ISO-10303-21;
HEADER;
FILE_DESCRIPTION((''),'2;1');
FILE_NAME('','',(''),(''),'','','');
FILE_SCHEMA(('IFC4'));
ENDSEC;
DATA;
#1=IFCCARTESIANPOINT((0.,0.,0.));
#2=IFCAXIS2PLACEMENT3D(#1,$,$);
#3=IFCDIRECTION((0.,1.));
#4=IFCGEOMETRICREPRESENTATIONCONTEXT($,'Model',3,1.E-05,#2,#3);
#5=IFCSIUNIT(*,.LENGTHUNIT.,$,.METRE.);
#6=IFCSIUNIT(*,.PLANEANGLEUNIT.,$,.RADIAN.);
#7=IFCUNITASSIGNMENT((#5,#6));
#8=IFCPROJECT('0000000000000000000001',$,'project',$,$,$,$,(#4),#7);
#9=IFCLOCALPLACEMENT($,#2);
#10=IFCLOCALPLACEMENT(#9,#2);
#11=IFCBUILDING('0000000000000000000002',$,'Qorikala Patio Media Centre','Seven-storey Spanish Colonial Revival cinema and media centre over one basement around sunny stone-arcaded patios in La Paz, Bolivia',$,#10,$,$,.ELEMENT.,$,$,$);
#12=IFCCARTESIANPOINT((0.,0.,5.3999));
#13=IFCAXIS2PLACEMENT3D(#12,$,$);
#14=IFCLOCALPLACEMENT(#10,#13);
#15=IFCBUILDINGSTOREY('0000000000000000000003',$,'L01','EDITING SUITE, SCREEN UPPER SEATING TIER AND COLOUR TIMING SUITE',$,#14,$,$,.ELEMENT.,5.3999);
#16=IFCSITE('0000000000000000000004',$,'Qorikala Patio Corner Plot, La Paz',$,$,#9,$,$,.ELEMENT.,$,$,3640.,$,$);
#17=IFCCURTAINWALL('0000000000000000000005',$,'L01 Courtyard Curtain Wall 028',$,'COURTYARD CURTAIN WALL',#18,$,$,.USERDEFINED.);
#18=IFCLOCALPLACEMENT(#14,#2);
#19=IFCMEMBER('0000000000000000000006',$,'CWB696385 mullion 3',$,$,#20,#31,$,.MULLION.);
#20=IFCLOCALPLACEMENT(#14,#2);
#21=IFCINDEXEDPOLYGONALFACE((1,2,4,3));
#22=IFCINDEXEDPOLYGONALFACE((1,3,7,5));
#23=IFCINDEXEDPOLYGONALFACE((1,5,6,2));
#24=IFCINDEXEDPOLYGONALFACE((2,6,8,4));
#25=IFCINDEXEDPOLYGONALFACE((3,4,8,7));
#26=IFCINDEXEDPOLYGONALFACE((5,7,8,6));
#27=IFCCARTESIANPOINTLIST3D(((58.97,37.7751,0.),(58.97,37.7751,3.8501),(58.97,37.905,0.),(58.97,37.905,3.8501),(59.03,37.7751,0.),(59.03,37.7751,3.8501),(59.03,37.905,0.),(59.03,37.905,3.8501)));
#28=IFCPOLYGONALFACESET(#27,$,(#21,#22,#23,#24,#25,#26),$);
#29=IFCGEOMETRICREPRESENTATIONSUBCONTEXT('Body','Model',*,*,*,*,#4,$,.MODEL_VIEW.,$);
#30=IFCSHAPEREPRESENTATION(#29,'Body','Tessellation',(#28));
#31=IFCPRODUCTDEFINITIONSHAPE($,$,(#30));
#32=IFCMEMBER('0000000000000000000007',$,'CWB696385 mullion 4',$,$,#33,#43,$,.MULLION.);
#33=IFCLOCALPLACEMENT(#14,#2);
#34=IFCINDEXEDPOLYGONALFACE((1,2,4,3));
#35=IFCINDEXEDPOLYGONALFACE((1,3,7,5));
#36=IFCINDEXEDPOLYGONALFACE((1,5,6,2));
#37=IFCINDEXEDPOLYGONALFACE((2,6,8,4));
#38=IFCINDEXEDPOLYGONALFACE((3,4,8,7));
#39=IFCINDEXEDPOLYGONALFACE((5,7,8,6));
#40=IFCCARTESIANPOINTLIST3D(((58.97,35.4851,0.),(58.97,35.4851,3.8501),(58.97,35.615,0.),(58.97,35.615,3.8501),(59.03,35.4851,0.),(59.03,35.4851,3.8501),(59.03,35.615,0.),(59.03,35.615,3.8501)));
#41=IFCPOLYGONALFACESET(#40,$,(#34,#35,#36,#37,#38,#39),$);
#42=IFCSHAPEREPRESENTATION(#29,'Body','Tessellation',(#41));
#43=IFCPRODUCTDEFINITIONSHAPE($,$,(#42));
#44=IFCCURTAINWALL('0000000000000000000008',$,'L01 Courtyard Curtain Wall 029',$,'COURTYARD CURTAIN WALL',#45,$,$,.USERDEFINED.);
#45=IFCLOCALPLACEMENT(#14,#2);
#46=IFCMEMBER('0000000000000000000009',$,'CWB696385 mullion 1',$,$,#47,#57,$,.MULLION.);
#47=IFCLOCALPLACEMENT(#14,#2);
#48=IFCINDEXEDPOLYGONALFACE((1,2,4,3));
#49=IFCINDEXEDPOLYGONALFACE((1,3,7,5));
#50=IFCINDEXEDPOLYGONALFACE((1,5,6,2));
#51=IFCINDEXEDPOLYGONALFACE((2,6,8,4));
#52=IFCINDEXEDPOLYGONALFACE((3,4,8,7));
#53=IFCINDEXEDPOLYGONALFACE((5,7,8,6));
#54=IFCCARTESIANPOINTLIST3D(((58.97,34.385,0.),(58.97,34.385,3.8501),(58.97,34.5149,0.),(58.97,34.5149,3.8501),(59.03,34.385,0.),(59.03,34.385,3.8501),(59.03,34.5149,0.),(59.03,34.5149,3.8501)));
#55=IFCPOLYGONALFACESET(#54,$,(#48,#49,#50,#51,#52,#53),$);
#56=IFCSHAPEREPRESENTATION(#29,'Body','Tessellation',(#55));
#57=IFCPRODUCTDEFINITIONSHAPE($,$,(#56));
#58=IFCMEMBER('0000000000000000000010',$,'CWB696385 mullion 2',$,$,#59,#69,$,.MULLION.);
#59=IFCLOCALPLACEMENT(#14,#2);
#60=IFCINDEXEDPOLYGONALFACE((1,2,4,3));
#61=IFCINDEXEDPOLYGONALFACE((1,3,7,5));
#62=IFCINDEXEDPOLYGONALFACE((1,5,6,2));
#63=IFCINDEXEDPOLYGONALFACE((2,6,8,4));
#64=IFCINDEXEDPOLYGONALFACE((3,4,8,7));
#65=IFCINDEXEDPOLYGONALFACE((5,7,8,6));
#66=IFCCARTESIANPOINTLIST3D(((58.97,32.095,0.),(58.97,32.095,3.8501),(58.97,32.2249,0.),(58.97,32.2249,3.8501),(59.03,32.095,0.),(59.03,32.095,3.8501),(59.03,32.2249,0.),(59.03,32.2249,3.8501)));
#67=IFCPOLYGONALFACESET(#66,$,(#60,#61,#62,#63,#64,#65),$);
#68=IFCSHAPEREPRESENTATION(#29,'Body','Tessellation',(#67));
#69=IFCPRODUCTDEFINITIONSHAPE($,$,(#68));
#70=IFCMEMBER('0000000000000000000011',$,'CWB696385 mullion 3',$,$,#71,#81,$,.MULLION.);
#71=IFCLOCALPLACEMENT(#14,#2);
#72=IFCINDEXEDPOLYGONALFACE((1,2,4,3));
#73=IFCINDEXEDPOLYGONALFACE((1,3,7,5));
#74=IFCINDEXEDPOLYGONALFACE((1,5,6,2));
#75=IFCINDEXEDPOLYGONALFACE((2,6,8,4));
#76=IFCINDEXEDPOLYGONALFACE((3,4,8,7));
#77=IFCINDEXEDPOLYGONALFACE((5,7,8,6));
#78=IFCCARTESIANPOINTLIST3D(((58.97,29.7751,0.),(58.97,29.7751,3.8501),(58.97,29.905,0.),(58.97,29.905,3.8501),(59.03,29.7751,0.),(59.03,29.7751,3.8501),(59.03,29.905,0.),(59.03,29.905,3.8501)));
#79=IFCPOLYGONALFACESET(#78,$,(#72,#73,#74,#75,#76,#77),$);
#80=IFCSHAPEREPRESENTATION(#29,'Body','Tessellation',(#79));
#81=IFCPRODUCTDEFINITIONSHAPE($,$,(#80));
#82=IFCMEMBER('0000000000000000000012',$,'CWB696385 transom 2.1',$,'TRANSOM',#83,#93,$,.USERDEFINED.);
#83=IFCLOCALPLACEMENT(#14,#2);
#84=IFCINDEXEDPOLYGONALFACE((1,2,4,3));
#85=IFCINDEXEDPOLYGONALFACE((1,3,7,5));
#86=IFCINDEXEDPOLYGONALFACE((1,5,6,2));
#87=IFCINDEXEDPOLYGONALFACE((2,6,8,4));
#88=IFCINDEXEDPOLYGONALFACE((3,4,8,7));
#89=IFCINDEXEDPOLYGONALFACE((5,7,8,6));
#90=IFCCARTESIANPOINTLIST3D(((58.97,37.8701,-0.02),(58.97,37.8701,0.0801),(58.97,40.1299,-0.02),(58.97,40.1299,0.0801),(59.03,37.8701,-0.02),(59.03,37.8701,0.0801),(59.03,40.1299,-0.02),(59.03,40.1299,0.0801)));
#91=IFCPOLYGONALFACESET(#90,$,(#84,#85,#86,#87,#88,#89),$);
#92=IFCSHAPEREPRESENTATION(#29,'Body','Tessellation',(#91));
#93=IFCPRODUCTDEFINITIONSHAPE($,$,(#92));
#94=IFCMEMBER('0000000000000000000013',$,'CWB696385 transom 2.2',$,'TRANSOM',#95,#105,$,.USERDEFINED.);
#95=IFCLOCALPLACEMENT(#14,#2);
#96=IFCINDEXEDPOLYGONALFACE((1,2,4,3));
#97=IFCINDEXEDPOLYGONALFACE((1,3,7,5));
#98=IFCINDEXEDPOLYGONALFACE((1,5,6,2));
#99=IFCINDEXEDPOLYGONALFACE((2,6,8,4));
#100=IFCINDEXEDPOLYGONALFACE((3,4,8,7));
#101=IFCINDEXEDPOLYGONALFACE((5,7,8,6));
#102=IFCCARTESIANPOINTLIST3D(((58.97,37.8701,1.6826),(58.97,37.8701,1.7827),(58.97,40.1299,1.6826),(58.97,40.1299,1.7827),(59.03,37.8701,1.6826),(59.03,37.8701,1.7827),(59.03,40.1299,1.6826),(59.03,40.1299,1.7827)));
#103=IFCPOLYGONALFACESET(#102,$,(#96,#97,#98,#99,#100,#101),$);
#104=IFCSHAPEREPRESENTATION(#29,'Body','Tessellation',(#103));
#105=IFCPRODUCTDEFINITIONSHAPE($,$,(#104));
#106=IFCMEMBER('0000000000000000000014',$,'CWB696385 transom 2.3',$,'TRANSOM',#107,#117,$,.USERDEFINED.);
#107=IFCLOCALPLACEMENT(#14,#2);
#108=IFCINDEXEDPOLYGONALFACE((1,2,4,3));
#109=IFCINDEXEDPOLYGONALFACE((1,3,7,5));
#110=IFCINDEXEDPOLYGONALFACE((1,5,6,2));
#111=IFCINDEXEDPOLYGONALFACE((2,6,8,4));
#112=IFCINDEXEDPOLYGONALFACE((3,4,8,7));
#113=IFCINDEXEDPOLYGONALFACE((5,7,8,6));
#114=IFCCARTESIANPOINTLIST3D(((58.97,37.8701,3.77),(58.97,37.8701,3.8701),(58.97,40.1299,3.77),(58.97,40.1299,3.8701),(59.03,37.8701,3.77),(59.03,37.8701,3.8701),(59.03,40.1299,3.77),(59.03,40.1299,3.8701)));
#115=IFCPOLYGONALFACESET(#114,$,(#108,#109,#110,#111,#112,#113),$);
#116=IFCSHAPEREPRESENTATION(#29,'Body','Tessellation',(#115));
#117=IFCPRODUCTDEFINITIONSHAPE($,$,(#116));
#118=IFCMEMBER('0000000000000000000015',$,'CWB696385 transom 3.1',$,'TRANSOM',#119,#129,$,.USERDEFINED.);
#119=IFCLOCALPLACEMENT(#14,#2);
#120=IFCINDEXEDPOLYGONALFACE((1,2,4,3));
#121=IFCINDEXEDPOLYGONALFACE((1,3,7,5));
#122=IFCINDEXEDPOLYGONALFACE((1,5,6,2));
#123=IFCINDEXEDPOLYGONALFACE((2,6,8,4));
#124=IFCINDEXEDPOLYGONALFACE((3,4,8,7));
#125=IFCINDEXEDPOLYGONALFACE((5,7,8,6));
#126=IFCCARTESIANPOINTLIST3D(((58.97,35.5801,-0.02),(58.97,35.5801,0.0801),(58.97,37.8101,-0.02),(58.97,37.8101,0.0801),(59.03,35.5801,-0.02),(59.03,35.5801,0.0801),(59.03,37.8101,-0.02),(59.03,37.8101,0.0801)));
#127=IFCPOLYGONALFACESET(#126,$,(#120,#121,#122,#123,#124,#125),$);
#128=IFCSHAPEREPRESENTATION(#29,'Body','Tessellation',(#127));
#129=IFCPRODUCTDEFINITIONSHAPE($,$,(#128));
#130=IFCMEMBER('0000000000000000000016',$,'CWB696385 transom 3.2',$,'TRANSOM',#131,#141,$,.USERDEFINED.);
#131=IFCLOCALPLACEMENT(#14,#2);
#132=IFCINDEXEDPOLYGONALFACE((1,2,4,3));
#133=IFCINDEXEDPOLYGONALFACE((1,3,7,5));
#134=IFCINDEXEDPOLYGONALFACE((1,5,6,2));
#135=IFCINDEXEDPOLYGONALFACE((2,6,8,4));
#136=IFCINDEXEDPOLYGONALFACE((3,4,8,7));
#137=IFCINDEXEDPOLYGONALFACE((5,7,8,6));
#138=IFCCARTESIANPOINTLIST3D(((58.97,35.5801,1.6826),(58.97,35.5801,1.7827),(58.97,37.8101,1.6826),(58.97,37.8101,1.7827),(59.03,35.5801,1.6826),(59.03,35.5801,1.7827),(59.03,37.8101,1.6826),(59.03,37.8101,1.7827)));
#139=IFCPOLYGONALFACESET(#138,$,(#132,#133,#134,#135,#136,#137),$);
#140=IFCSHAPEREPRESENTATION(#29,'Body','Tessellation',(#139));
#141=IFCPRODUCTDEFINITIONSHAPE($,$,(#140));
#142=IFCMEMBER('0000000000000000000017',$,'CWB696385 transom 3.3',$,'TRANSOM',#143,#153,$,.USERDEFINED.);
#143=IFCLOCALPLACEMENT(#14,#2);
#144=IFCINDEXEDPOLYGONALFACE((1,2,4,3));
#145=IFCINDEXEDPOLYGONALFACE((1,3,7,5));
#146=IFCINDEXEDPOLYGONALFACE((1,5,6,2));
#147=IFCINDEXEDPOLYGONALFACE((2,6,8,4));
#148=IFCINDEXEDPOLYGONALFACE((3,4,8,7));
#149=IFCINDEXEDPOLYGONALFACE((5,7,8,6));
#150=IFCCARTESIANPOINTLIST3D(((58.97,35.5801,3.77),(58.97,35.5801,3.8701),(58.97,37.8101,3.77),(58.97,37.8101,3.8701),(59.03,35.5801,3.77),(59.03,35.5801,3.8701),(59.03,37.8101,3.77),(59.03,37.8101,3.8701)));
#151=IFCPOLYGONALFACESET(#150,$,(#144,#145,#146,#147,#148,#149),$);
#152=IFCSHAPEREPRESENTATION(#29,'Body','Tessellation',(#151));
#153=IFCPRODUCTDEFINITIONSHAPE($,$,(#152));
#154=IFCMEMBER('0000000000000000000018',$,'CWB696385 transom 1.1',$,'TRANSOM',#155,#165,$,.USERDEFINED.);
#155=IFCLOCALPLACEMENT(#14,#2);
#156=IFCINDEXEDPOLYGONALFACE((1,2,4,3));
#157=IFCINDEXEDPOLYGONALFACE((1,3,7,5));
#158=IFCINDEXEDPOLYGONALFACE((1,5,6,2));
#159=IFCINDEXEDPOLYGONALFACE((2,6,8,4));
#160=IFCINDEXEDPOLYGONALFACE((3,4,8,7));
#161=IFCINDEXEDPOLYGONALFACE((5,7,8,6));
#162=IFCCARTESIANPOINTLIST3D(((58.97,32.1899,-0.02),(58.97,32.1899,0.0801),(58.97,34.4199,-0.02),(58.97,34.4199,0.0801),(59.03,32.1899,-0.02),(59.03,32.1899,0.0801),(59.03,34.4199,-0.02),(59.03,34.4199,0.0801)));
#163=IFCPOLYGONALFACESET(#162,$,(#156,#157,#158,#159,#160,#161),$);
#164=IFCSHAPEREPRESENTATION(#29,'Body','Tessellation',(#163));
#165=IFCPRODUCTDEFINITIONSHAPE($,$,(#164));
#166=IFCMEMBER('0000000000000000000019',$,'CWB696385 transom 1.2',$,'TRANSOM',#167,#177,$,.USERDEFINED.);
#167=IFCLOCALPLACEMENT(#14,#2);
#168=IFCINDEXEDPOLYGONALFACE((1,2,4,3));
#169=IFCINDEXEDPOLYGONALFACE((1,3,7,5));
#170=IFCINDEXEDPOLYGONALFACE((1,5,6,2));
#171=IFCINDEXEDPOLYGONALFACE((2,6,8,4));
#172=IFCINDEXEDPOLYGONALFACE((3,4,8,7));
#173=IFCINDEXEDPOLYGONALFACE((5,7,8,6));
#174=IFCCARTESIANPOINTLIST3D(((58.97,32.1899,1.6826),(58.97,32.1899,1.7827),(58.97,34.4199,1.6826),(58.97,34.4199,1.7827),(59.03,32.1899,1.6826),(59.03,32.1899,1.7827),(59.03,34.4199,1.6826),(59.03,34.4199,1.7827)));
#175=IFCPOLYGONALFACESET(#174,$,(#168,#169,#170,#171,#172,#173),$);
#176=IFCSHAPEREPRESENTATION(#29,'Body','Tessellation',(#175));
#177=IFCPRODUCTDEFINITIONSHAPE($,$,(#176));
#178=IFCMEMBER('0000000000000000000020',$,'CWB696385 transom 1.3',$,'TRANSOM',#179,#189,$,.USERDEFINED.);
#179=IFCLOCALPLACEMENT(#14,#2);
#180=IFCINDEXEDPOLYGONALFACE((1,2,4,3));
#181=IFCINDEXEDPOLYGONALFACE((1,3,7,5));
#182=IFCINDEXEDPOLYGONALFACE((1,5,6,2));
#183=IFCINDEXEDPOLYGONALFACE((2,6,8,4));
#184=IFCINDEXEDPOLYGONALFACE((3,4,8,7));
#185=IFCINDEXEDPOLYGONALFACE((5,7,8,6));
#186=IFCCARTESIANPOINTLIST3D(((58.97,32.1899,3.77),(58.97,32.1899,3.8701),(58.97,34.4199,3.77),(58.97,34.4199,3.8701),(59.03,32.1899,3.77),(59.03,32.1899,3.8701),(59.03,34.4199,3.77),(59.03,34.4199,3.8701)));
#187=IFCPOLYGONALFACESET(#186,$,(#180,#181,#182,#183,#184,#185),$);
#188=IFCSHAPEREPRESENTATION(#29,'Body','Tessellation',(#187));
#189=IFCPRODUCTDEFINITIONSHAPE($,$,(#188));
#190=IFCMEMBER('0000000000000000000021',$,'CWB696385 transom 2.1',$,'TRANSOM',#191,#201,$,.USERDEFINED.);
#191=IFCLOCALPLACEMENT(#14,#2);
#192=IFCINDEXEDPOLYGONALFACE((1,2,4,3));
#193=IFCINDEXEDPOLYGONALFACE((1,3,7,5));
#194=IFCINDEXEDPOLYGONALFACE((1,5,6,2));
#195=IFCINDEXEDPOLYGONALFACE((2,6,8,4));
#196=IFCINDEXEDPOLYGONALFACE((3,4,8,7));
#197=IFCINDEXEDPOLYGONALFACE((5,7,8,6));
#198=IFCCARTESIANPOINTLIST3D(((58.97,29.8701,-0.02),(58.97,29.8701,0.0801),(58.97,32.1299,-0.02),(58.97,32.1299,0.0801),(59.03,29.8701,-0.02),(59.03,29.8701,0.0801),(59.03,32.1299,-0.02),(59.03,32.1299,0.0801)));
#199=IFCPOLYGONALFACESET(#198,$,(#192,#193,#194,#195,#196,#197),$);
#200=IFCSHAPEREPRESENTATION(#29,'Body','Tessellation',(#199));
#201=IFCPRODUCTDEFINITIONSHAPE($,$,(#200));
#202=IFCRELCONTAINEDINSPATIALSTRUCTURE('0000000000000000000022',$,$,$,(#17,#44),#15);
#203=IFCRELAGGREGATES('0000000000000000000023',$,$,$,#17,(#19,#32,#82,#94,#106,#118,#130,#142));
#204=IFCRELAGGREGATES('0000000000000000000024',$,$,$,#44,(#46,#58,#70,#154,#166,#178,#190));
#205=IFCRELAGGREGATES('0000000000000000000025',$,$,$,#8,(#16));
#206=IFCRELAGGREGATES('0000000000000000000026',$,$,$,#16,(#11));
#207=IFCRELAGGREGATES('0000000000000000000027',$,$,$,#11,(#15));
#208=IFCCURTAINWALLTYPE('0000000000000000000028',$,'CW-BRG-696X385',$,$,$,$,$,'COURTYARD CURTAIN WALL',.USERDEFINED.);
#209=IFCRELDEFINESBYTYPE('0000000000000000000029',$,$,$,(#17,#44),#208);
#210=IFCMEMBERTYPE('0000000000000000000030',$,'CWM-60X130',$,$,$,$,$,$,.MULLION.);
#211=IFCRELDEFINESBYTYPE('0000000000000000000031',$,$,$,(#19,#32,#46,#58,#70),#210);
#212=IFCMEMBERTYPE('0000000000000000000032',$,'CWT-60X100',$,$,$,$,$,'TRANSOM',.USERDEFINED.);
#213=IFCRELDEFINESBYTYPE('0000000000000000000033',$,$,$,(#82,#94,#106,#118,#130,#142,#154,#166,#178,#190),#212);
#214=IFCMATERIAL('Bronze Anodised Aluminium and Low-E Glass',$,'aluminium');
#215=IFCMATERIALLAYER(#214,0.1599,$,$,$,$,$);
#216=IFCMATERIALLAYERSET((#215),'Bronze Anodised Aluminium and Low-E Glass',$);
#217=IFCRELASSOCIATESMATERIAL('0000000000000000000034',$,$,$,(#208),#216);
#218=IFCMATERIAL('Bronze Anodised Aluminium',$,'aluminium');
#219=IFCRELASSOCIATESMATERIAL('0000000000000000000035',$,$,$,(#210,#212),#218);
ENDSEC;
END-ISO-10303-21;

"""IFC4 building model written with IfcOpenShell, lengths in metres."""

from ifc_helpers import new_model, si_unit, direction, frame, origin, origin_2d, place, context, subcontext, project, spatial, rectangle, extrude, material, layer, layer_set, material_profile, profile_set, type_object, element, aggregate, save


model = new_model("IFC4")

# Units and contexts
model_context = context("Model", 3, precision=1e-05, world=origin(), true_north=direction((0.0, 1.0)))
body_context = subcontext(model_context, "Body", "Model", "MODEL_VIEW")
ifc_project = project(units=[si_unit("LENGTHUNIT", "METRE"), si_unit("PLANEANGLEUNIT", "RADIAN")], contexts=[model_context])

# Site, building, storey
site_placement = place(None, origin())
site = spatial("IfcSite", under=ifc_project, at=site_placement, Name="Qorikala Patio Corner Plot, La Paz", CompositionType="ELEMENT", RefElevation=3640.0)
building_placement = place(site_placement, origin())
building = spatial("IfcBuilding", under=site, at=building_placement, Name="Qorikala Patio Media Centre", Description="Seven-storey Spanish Colonial Revival cinema and media centre over one basement around sunny stone-arcaded patios in La Paz, Bolivia", CompositionType="ELEMENT")
storey_placement = place(building_placement, frame((0.0, 0.0, 5.3999)))
storey = spatial("IfcBuildingStorey", under=building, at=storey_placement, Name="L01", Description="EDITING SUITE, SCREEN UPPER SEATING TIER AND COLOUR TIMING SUITE", CompositionType="ELEMENT", Elevation=5.3999)

# Curtain walls, members
ifc_material_1 = material(Name="Bronze Anodised Aluminium and Low-E Glass", Category="aluminium")
ifc_layer_1 = layer(ifc_material_1, 0.1599)
ifc_layer_set_1 = layer_set([ifc_layer_1], Name="Bronze Anodised Aluminium and Low-E Glass")
curtain_wall_type = type_object("IfcCurtainWallType", Name="CW-BRG-696X385", ElementType="COURTYARD CURTAIN WALL", PredefinedType="USERDEFINED", material=ifc_layer_set_1)
curtain_wall_1_placement = place(storey_placement, origin())
curtain_wall_1 = element("IfcCurtainWall", 1, at=curtain_wall_1_placement, inside=storey, type_object=curtain_wall_type, Name="L01 Courtyard Curtain Wall 028", ObjectType="COURTYARD CURTAIN WALL", PredefinedType="USERDEFINED")
ifc_material_2 = material(Name="Bronze Anodised Aluminium", Category="aluminium")
ifc_material_profile_1 = material_profile(ifc_material_2, rectangle(XDim=0.0601, YDim=0.1299, at=origin_2d()), Name="ALU MULLION 60x130")
ifc_profile_set_1 = profile_set([ifc_material_profile_1], Name="Bronze Anodised Aluminium")
member_type_1 = type_object("IfcMemberType", Name="CWM-60X130", PredefinedType="MULLION", material=ifc_profile_set_1)
member_1_placement = place(storey_placement, frame((59.0, 37.8401, 0.0), z_axis=(0.0, 0.0, 1.0), x_axis=(1.0, 0.0, 0.0)))
member_1 = element("IfcMember", 2, at=member_1_placement, type_object=member_type_1, Name="CWB696385 mullion 3", PredefinedType="MULLION", context=body_context, shape_type="SweptSolid", body=[
    extrude(rectangle(XDim=0.0601, YDim=0.1299, at=origin_2d()), origin(), (0.0, 0.0, 1.0), 3.8501),
])
member_2_placement = place(storey_placement, frame((59.0, 35.55, 0.0), z_axis=(0.0, 0.0, 1.0), x_axis=(1.0, 0.0, 0.0)))
member_2 = element("IfcMember", 3, at=member_2_placement, type_object=member_type_1, Name="CWB696385 mullion 4", PredefinedType="MULLION", context=body_context, shape_type="SweptSolid", body=[
    extrude(rectangle(XDim=0.0601, YDim=0.1299, at=origin_2d()), origin(), (0.0, 0.0, 1.0), 3.8501),
])
curtain_wall_2_placement = place(storey_placement, origin())
curtain_wall_2 = element("IfcCurtainWall", 4, at=curtain_wall_2_placement, inside=storey, type_object=curtain_wall_type, Name="L01 Courtyard Curtain Wall 029", ObjectType="COURTYARD CURTAIN WALL", PredefinedType="USERDEFINED")
member_3_placement = place(storey_placement, frame((59.0, 34.45, 0.0), z_axis=(0.0, 0.0, 1.0), x_axis=(1.0, 0.0, 0.0)))
member_3 = element("IfcMember", 5, at=member_3_placement, type_object=member_type_1, Name="CWB696385 mullion 1", PredefinedType="MULLION", context=body_context, shape_type="SweptSolid", body=[
    extrude(rectangle(XDim=0.0601, YDim=0.1299, at=origin_2d()), origin(), (0.0, 0.0, 1.0), 3.8501),
])
member_4_placement = place(storey_placement, frame((59.0, 32.1599, 0.0), z_axis=(0.0, 0.0, 1.0), x_axis=(1.0, 0.0, 0.0)))
member_4 = element("IfcMember", 6, at=member_4_placement, type_object=member_type_1, Name="CWB696385 mullion 2", PredefinedType="MULLION", context=body_context, shape_type="SweptSolid", body=[
    extrude(rectangle(XDim=0.0601, YDim=0.1299, at=origin_2d()), origin(), (0.0, 0.0, 1.0), 3.8501),
])
member_5_placement = place(storey_placement, frame((59.0, 29.8401, 0.0), z_axis=(0.0, 0.0, 1.0), x_axis=(1.0, 0.0, 0.0)))
member_5 = element("IfcMember", 7, at=member_5_placement, type_object=member_type_1, Name="CWB696385 mullion 3", PredefinedType="MULLION", context=body_context, shape_type="SweptSolid", body=[
    extrude(rectangle(XDim=0.0601, YDim=0.1299, at=origin_2d()), origin(), (0.0, 0.0, 1.0), 3.8501),
])

# Members
ifc_material_profile_2 = material_profile(ifc_material_2, rectangle(XDim=0.0601, YDim=0.1001, at=origin_2d()), Name="ALU TRANSOM 60x100")
ifc_profile_set_2 = profile_set([ifc_material_profile_2], Name="Bronze Anodised Aluminium")
member_type_2 = type_object("IfcMemberType", Name="CWT-60X100", ElementType="TRANSOM", PredefinedType="USERDEFINED", material=ifc_profile_set_2)
member_6_placement = place(storey_placement, frame((59.0, 40.1299, 0.03), z_axis=(0.0, -1.0, 0.0), x_axis=(1.0, 0.0, 0.0)))
member_6 = element("IfcMember", 8, at=member_6_placement, type_object=member_type_2, Name="CWB696385 transom 2.1", ObjectType="TRANSOM", PredefinedType="USERDEFINED", context=body_context, shape_type="SweptSolid", body=[
    extrude(rectangle(XDim=0.0601, YDim=0.1001, at=origin_2d()), origin(), (0.0, 0.0, 1.0), 2.2598),
])
member_7_placement = place(storey_placement, frame((59.0, 40.1299, 1.7327), z_axis=(0.0, -1.0, 0.0), x_axis=(1.0, 0.0, 0.0)))
member_7 = element("IfcMember", 9, at=member_7_placement, type_object=member_type_2, Name="CWB696385 transom 2.2", ObjectType="TRANSOM", PredefinedType="USERDEFINED", context=body_context, shape_type="SweptSolid", body=[
    extrude(rectangle(XDim=0.0601, YDim=0.1001, at=origin_2d()), origin(), (0.0, 0.0, 1.0), 2.2598),
])
member_8_placement = place(storey_placement, frame((59.0, 40.1299, 3.8201), z_axis=(0.0, -1.0, 0.0), x_axis=(1.0, 0.0, 0.0)))
member_8 = element("IfcMember", 10, at=member_8_placement, type_object=member_type_2, Name="CWB696385 transom 2.3", ObjectType="TRANSOM", PredefinedType="USERDEFINED", context=body_context, shape_type="SweptSolid", body=[
    extrude(rectangle(XDim=0.0601, YDim=0.1001, at=origin_2d()), origin(), (0.0, 0.0, 1.0), 2.2598),
])
member_9_placement = place(storey_placement, frame((59.0, 37.8101, 0.03), z_axis=(0.0, -1.0, 0.0), x_axis=(1.0, 0.0, 0.0)))
member_9 = element("IfcMember", 11, at=member_9_placement, type_object=member_type_2, Name="CWB696385 transom 3.1", ObjectType="TRANSOM", PredefinedType="USERDEFINED", context=body_context, shape_type="SweptSolid", body=[
    extrude(rectangle(XDim=0.0601, YDim=0.1001, at=origin_2d()), origin(), (0.0, 0.0, 1.0), 2.23),
])
member_10_placement = place(storey_placement, frame((59.0, 37.8101, 1.7327), z_axis=(0.0, -1.0, 0.0), x_axis=(1.0, 0.0, 0.0)))
member_10 = element("IfcMember", 12, at=member_10_placement, type_object=member_type_2, Name="CWB696385 transom 3.2", ObjectType="TRANSOM", PredefinedType="USERDEFINED", context=body_context, shape_type="SweptSolid", body=[
    extrude(rectangle(XDim=0.0601, YDim=0.1001, at=origin_2d()), origin(), (0.0, 0.0, 1.0), 2.23),
])
member_11_placement = place(storey_placement, frame((59.0, 37.8101, 3.8201), z_axis=(0.0, -1.0, 0.0), x_axis=(1.0, 0.0, 0.0)))
member_11 = element("IfcMember", 13, at=member_11_placement, type_object=member_type_2, Name="CWB696385 transom 3.3", ObjectType="TRANSOM", PredefinedType="USERDEFINED", context=body_context, shape_type="SweptSolid", body=[
    extrude(rectangle(XDim=0.0601, YDim=0.1001, at=origin_2d()), origin(), (0.0, 0.0, 1.0), 2.23),
])
member_12_placement = place(storey_placement, frame((59.0, 34.4199, 0.03), z_axis=(0.0, -1.0, 0.0), x_axis=(1.0, 0.0, 0.0)))
member_12 = element("IfcMember", 14, at=member_12_placement, type_object=member_type_2, Name="CWB696385 transom 1.1", ObjectType="TRANSOM", PredefinedType="USERDEFINED", context=body_context, shape_type="SweptSolid", body=[
    extrude(rectangle(XDim=0.0601, YDim=0.1001, at=origin_2d()), origin(), (0.0, 0.0, 1.0), 2.23),
])
member_13_placement = place(storey_placement, frame((59.0, 34.4199, 1.7327), z_axis=(0.0, -1.0, 0.0), x_axis=(1.0, 0.0, 0.0)))
member_13 = element("IfcMember", 15, at=member_13_placement, type_object=member_type_2, Name="CWB696385 transom 1.2", ObjectType="TRANSOM", PredefinedType="USERDEFINED", context=body_context, shape_type="SweptSolid", body=[
    extrude(rectangle(XDim=0.0601, YDim=0.1001, at=origin_2d()), origin(), (0.0, 0.0, 1.0), 2.23),
])
member_14_placement = place(storey_placement, frame((59.0, 34.4199, 3.8201), z_axis=(0.0, -1.0, 0.0), x_axis=(1.0, 0.0, 0.0)))
member_14 = element("IfcMember", 16, at=member_14_placement, type_object=member_type_2, Name="CWB696385 transom 1.3", ObjectType="TRANSOM", PredefinedType="USERDEFINED", context=body_context, shape_type="SweptSolid", body=[
    extrude(rectangle(XDim=0.0601, YDim=0.1001, at=origin_2d()), origin(), (0.0, 0.0, 1.0), 2.23),
])
member_15_placement = place(storey_placement, frame((59.0, 32.1299, 0.03), z_axis=(0.0, -1.0, 0.0), x_axis=(1.0, 0.0, 0.0)))
member_15 = element("IfcMember", 17, at=member_15_placement, type_object=member_type_2, Name="CWB696385 transom 2.1", ObjectType="TRANSOM", PredefinedType="USERDEFINED", context=body_context, shape_type="SweptSolid", body=[
    extrude(rectangle(XDim=0.0601, YDim=0.1001, at=origin_2d()), origin(), (0.0, 0.0, 1.0), 2.2598),
])

aggregate(curtain_wall_1, [member_1, member_2, member_6, member_7, member_8, member_9, member_10, member_11])
aggregate(curtain_wall_2, [member_3, member_4, member_5, member_12, member_13, member_14, member_15])

save(model, "model.ifc")
